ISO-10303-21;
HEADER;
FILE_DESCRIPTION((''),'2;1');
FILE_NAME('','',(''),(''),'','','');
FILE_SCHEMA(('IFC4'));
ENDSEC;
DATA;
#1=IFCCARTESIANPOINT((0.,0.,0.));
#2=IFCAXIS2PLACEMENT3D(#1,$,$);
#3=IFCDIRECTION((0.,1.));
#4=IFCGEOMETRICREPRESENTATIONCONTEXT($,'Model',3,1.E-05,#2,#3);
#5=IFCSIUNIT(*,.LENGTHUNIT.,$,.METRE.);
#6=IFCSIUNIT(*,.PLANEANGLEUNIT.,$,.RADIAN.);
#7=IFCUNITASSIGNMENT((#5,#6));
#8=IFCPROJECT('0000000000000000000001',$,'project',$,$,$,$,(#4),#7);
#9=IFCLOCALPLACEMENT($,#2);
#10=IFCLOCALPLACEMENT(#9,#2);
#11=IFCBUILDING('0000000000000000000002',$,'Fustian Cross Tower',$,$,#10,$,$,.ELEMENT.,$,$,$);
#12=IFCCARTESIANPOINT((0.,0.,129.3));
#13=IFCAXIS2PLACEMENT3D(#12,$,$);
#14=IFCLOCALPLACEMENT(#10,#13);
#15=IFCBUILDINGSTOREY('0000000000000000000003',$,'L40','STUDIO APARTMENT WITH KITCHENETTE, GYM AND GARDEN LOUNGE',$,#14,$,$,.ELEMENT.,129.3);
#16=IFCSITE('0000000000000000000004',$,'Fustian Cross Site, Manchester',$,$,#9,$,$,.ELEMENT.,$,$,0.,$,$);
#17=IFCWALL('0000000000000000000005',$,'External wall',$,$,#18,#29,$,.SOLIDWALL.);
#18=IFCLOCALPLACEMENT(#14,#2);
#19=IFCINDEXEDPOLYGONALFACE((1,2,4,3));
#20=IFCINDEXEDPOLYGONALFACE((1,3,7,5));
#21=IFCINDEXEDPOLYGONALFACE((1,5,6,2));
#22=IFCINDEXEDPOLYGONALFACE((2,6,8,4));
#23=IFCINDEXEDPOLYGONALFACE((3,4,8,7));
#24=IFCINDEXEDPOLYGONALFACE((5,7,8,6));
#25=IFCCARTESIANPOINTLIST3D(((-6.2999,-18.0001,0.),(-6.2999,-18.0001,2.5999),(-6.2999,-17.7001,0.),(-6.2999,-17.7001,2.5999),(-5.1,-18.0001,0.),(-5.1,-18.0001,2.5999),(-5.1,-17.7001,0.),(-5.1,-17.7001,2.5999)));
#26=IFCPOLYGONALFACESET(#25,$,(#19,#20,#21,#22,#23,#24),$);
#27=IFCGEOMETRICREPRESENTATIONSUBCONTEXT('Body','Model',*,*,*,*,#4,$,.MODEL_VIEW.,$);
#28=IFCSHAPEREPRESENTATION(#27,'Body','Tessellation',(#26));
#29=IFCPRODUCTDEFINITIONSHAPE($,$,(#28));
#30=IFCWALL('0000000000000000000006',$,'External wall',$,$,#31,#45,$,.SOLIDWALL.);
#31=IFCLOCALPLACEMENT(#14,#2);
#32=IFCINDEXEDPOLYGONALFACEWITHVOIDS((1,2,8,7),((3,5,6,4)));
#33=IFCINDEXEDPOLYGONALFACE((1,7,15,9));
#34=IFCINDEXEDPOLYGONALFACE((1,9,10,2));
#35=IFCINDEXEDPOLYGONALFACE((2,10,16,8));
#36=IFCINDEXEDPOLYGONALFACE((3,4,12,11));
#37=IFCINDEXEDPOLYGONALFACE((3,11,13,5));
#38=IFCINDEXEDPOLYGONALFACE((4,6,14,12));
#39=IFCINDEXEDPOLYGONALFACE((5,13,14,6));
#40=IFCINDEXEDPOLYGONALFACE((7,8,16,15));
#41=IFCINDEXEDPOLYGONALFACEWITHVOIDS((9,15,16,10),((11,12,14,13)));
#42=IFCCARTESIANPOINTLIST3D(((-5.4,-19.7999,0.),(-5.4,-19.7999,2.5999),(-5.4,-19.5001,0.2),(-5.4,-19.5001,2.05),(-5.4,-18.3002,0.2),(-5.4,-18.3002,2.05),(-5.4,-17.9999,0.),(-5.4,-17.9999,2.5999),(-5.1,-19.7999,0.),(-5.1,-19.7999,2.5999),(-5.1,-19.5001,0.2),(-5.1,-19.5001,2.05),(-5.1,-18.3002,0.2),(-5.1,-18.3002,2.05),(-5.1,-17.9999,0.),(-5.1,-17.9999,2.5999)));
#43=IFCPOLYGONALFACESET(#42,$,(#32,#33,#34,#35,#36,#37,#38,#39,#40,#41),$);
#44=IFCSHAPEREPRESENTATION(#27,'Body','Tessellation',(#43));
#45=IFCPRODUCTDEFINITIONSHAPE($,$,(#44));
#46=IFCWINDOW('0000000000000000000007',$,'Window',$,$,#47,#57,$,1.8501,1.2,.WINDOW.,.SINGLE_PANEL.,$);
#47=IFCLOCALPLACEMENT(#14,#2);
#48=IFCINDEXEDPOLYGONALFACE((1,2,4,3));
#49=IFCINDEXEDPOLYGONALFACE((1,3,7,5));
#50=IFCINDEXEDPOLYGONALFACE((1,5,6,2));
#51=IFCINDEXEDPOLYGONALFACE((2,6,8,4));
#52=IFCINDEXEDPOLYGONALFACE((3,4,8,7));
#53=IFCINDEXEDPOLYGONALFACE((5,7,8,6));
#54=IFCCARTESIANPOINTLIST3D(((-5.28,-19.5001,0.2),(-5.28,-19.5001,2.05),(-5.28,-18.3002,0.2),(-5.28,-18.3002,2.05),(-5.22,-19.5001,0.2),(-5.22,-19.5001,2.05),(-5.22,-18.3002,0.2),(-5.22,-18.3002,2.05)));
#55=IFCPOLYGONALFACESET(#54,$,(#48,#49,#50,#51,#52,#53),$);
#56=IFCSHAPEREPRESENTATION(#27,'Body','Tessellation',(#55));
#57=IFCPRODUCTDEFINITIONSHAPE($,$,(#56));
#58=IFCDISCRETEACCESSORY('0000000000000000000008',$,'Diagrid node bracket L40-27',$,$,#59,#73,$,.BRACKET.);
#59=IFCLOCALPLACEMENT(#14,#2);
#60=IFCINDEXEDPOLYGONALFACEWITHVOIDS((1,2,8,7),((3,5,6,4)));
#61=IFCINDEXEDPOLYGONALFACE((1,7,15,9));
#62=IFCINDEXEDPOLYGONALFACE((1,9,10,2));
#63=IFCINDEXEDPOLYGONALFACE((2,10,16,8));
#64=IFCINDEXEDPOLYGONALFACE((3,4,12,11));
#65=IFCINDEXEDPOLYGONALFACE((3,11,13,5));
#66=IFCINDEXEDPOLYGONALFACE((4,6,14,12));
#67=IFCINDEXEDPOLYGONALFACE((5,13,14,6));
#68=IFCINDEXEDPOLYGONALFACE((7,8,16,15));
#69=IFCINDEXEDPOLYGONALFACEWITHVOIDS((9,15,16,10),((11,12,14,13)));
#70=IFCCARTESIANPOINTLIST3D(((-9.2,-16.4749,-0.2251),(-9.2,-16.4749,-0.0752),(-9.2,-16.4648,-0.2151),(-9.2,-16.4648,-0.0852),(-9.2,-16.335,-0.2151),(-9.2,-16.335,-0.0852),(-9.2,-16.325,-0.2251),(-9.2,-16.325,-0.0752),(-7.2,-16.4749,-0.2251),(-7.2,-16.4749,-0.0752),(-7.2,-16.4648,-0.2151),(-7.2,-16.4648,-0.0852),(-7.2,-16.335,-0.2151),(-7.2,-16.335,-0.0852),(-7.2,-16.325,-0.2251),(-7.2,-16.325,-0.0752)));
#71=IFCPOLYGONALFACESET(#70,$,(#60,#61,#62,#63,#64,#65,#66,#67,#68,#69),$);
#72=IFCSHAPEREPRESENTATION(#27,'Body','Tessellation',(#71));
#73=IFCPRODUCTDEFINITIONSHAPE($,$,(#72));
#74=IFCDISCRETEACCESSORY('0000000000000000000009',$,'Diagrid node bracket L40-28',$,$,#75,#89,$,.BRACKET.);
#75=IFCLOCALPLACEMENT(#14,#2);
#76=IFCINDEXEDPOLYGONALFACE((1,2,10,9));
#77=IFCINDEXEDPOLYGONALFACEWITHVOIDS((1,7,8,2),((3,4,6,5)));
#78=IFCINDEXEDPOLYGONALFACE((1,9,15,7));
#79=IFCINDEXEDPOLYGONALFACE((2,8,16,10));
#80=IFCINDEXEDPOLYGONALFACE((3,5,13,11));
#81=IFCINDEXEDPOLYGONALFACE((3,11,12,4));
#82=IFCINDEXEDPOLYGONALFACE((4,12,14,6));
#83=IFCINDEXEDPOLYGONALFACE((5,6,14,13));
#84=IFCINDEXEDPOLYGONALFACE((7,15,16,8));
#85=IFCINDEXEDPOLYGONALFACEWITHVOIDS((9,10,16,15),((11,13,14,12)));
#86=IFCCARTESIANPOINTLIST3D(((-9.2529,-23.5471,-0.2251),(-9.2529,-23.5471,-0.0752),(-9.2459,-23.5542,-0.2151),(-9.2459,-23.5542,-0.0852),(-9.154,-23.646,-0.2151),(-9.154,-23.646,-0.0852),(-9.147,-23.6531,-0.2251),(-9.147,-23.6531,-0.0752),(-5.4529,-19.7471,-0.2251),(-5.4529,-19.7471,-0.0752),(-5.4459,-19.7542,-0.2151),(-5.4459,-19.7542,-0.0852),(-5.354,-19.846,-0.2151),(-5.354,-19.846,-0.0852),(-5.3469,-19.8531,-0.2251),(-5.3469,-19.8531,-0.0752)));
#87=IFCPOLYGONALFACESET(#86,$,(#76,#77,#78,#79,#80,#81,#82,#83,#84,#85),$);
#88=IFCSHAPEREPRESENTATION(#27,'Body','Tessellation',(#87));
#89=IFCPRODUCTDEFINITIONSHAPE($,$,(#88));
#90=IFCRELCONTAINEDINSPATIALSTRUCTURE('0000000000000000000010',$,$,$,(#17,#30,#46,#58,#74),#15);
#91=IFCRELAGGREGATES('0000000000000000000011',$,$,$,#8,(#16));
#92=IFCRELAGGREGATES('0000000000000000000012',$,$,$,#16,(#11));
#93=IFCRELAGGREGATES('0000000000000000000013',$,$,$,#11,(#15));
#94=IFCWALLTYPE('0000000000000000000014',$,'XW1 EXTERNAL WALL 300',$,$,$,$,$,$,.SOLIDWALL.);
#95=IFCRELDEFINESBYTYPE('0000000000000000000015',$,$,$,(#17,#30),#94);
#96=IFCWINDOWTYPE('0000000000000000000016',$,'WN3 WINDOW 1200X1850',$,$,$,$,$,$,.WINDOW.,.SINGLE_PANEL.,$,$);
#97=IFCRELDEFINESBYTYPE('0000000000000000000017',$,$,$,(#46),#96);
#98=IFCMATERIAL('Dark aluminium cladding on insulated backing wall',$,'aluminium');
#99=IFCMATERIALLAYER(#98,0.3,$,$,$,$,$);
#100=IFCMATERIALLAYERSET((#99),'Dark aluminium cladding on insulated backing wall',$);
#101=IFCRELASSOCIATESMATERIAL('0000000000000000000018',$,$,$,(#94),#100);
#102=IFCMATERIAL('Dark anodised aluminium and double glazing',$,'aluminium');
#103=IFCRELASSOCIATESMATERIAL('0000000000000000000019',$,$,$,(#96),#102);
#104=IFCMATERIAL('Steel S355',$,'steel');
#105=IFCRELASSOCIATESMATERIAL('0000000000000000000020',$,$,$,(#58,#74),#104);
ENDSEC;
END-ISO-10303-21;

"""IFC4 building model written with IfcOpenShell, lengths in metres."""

from ifc_helpers import new_model, si_unit, direction, frame, frame_2d, origin, origin_2d, place, context, subcontext, project, spatial, rectangle, hollow_rectangle, extrude, material, layer, layer_set, type_object, element, fill, save


model = new_model("IFC4")

# Units and contexts
model_context = context("Model", 3, precision=1e-05, world=origin(), true_north=direction((0.0, 1.0)))
body_context = subcontext(model_context, "Body", "Model", "MODEL_VIEW")
ifc_project = project(units=[si_unit("LENGTHUNIT", "METRE"), si_unit("PLANEANGLEUNIT", "RADIAN")], contexts=[model_context])

# Site, building, storey
site_placement = place(None, origin())
site = spatial("IfcSite", under=ifc_project, at=site_placement, Name="Fustian Cross Site, Manchester", CompositionType="ELEMENT", RefElevation=0.0)
building_placement = place(site_placement, origin())
building = spatial("IfcBuilding", under=site, at=building_placement, Name="Fustian Cross Tower", CompositionType="ELEMENT")
storey_placement = place(building_placement, frame((0.0, 0.0, 129.3)))
storey = spatial("IfcBuildingStorey", under=building, at=storey_placement, Name="L40", Description="STUDIO APARTMENT WITH KITCHENETTE, GYM AND GARDEN LOUNGE", CompositionType="ELEMENT", Elevation=129.3)

# Shared definitions
ifc_material_1 = material(Name="Dark aluminium cladding on insulated backing wall", Category="aluminium")
ifc_layer = layer(ifc_material_1, 0.3)
ifc_layer_set = layer_set([ifc_layer], Name="Dark aluminium cladding on insulated backing wall")
wall_type = type_object("IfcWallType", Name="XW1 EXTERNAL WALL 300", PredefinedType="SOLIDWALL", material=ifc_layer_set)
ifc_material_2 = material(Name="Dark anodised aluminium and double glazing", Category="aluminium")
window_type = type_object("IfcWindowType", Name="WN3 WINDOW 1200X1850", PartitioningType="SINGLE_PANEL", PredefinedType="WINDOW", material=ifc_material_2)

# Wall
wall_1_placement = place(storey_placement, frame((-6.3, -17.8501, 0.0), z_axis=(0.0, 0.0, 1.0), x_axis=(1.0, 0.0, 0.0)))
element("IfcWall", 1, at=wall_1_placement, inside=storey, type_object=wall_type, Name="External wall", PredefinedType="SOLIDWALL", context=body_context, shape_type="SweptSolid", body=[
    extrude(rectangle(XDim=1.2, YDim=0.3, at=frame_2d((0.6001, 0.0))), origin(), (0.0, 0.0, 1.0), 2.5999),
])

# Wall, opening, window
wall_2_placement = place(storey_placement, frame((-5.25, -18.0, 0.0), z_axis=(0.0, 0.0, 1.0), x_axis=(0.0, -1.0, 0.0)))
wall_2 = element("IfcWall", 2, at=wall_2_placement, inside=storey, type_object=wall_type, Name="External wall", PredefinedType="SOLIDWALL", context=body_context, shape_type="SweptSolid", body=[
    extrude(rectangle(XDim=1.8, YDim=0.3, at=frame_2d((0.8999, 0.0))), origin(), (0.0, 0.0, 1.0), 2.5999),
])
opening_1_placement = place(wall_2_placement, frame((0.3, 0.0, 0.2)))
opening_1 = element("IfcOpeningElement", 3, at=opening_1_placement, cuts=wall_2, PredefinedType="OPENING", context=body_context, shape_type="SweptSolid", body=[
    extrude(rectangle(XDim=1.2, YDim=1.8501, at=frame_2d((0.6001, 0.925))), frame((0.0, 0.1599, 0.0), z_axis=(0.0, -1.0, 0.0), x_axis=(1.0, 0.0, 0.0)), (0.0, 0.0, 1.0), 0.3201),
])
window_1_placement = place(opening_1_placement, origin())
window_1 = element("IfcWindow", 4, at=window_1_placement, inside=storey, type_object=window_type, Name="Window", OverallHeight=1.8501, OverallWidth=1.2, PartitioningType="SINGLE_PANEL", PredefinedType="WINDOW", context=body_context, shape_type="SweptSolid", body=[
    extrude(rectangle(XDim=1.2, YDim=1.8501, at=frame_2d((0.6001, 0.925))), frame((0.0, 0.03, 0.0), z_axis=(0.0, -1.0, 0.0), x_axis=(1.0, 0.0, 0.0)), (0.0, 0.0, 1.0), 0.0601),
])
fill(opening_1, window_1)

# Discrete accessories
ifc_material_3 = material(Name="Steel S355", Category="steel")
discrete_accessory_1_placement = place(storey_placement, frame((-9.2, -16.3999, -0.1501), z_axis=(1.0, 0.0, 0.0), x_axis=(0.0, 1.0, 0.0)))
element("IfcDiscreteAccessory", 5, at=discrete_accessory_1_placement, inside=storey, material=ifc_material_3, Name="Diagrid node bracket L40-27", PredefinedType="BRACKET", context=body_context, shape_type="SweptSolid", body=[
    extrude(hollow_rectangle(XDim=0.1499, YDim=0.1499, WallThickness=0.01, at=origin_2d()), origin(), (0.0, 0.0, 1.0), 2.0),
])
discrete_accessory_2_placement = place(storey_placement, frame((-9.2, -23.6001, -0.1501), z_axis=(0.707107, 0.707107, 0.0), x_axis=(-0.707107, 0.707107, 0.0)))
element("IfcDiscreteAccessory", 6, at=discrete_accessory_2_placement, inside=storey, material=ifc_material_3, Name="Diagrid node bracket L40-28", PredefinedType="BRACKET", context=body_context, shape_type="SweptSolid", body=[
    extrude(hollow_rectangle(XDim=0.1499, YDim=0.1499, WallThickness=0.01, at=origin_2d()), origin(), (0.0, 0.0, 1.0), 5.374),
])

save(model, "model.ifc")
